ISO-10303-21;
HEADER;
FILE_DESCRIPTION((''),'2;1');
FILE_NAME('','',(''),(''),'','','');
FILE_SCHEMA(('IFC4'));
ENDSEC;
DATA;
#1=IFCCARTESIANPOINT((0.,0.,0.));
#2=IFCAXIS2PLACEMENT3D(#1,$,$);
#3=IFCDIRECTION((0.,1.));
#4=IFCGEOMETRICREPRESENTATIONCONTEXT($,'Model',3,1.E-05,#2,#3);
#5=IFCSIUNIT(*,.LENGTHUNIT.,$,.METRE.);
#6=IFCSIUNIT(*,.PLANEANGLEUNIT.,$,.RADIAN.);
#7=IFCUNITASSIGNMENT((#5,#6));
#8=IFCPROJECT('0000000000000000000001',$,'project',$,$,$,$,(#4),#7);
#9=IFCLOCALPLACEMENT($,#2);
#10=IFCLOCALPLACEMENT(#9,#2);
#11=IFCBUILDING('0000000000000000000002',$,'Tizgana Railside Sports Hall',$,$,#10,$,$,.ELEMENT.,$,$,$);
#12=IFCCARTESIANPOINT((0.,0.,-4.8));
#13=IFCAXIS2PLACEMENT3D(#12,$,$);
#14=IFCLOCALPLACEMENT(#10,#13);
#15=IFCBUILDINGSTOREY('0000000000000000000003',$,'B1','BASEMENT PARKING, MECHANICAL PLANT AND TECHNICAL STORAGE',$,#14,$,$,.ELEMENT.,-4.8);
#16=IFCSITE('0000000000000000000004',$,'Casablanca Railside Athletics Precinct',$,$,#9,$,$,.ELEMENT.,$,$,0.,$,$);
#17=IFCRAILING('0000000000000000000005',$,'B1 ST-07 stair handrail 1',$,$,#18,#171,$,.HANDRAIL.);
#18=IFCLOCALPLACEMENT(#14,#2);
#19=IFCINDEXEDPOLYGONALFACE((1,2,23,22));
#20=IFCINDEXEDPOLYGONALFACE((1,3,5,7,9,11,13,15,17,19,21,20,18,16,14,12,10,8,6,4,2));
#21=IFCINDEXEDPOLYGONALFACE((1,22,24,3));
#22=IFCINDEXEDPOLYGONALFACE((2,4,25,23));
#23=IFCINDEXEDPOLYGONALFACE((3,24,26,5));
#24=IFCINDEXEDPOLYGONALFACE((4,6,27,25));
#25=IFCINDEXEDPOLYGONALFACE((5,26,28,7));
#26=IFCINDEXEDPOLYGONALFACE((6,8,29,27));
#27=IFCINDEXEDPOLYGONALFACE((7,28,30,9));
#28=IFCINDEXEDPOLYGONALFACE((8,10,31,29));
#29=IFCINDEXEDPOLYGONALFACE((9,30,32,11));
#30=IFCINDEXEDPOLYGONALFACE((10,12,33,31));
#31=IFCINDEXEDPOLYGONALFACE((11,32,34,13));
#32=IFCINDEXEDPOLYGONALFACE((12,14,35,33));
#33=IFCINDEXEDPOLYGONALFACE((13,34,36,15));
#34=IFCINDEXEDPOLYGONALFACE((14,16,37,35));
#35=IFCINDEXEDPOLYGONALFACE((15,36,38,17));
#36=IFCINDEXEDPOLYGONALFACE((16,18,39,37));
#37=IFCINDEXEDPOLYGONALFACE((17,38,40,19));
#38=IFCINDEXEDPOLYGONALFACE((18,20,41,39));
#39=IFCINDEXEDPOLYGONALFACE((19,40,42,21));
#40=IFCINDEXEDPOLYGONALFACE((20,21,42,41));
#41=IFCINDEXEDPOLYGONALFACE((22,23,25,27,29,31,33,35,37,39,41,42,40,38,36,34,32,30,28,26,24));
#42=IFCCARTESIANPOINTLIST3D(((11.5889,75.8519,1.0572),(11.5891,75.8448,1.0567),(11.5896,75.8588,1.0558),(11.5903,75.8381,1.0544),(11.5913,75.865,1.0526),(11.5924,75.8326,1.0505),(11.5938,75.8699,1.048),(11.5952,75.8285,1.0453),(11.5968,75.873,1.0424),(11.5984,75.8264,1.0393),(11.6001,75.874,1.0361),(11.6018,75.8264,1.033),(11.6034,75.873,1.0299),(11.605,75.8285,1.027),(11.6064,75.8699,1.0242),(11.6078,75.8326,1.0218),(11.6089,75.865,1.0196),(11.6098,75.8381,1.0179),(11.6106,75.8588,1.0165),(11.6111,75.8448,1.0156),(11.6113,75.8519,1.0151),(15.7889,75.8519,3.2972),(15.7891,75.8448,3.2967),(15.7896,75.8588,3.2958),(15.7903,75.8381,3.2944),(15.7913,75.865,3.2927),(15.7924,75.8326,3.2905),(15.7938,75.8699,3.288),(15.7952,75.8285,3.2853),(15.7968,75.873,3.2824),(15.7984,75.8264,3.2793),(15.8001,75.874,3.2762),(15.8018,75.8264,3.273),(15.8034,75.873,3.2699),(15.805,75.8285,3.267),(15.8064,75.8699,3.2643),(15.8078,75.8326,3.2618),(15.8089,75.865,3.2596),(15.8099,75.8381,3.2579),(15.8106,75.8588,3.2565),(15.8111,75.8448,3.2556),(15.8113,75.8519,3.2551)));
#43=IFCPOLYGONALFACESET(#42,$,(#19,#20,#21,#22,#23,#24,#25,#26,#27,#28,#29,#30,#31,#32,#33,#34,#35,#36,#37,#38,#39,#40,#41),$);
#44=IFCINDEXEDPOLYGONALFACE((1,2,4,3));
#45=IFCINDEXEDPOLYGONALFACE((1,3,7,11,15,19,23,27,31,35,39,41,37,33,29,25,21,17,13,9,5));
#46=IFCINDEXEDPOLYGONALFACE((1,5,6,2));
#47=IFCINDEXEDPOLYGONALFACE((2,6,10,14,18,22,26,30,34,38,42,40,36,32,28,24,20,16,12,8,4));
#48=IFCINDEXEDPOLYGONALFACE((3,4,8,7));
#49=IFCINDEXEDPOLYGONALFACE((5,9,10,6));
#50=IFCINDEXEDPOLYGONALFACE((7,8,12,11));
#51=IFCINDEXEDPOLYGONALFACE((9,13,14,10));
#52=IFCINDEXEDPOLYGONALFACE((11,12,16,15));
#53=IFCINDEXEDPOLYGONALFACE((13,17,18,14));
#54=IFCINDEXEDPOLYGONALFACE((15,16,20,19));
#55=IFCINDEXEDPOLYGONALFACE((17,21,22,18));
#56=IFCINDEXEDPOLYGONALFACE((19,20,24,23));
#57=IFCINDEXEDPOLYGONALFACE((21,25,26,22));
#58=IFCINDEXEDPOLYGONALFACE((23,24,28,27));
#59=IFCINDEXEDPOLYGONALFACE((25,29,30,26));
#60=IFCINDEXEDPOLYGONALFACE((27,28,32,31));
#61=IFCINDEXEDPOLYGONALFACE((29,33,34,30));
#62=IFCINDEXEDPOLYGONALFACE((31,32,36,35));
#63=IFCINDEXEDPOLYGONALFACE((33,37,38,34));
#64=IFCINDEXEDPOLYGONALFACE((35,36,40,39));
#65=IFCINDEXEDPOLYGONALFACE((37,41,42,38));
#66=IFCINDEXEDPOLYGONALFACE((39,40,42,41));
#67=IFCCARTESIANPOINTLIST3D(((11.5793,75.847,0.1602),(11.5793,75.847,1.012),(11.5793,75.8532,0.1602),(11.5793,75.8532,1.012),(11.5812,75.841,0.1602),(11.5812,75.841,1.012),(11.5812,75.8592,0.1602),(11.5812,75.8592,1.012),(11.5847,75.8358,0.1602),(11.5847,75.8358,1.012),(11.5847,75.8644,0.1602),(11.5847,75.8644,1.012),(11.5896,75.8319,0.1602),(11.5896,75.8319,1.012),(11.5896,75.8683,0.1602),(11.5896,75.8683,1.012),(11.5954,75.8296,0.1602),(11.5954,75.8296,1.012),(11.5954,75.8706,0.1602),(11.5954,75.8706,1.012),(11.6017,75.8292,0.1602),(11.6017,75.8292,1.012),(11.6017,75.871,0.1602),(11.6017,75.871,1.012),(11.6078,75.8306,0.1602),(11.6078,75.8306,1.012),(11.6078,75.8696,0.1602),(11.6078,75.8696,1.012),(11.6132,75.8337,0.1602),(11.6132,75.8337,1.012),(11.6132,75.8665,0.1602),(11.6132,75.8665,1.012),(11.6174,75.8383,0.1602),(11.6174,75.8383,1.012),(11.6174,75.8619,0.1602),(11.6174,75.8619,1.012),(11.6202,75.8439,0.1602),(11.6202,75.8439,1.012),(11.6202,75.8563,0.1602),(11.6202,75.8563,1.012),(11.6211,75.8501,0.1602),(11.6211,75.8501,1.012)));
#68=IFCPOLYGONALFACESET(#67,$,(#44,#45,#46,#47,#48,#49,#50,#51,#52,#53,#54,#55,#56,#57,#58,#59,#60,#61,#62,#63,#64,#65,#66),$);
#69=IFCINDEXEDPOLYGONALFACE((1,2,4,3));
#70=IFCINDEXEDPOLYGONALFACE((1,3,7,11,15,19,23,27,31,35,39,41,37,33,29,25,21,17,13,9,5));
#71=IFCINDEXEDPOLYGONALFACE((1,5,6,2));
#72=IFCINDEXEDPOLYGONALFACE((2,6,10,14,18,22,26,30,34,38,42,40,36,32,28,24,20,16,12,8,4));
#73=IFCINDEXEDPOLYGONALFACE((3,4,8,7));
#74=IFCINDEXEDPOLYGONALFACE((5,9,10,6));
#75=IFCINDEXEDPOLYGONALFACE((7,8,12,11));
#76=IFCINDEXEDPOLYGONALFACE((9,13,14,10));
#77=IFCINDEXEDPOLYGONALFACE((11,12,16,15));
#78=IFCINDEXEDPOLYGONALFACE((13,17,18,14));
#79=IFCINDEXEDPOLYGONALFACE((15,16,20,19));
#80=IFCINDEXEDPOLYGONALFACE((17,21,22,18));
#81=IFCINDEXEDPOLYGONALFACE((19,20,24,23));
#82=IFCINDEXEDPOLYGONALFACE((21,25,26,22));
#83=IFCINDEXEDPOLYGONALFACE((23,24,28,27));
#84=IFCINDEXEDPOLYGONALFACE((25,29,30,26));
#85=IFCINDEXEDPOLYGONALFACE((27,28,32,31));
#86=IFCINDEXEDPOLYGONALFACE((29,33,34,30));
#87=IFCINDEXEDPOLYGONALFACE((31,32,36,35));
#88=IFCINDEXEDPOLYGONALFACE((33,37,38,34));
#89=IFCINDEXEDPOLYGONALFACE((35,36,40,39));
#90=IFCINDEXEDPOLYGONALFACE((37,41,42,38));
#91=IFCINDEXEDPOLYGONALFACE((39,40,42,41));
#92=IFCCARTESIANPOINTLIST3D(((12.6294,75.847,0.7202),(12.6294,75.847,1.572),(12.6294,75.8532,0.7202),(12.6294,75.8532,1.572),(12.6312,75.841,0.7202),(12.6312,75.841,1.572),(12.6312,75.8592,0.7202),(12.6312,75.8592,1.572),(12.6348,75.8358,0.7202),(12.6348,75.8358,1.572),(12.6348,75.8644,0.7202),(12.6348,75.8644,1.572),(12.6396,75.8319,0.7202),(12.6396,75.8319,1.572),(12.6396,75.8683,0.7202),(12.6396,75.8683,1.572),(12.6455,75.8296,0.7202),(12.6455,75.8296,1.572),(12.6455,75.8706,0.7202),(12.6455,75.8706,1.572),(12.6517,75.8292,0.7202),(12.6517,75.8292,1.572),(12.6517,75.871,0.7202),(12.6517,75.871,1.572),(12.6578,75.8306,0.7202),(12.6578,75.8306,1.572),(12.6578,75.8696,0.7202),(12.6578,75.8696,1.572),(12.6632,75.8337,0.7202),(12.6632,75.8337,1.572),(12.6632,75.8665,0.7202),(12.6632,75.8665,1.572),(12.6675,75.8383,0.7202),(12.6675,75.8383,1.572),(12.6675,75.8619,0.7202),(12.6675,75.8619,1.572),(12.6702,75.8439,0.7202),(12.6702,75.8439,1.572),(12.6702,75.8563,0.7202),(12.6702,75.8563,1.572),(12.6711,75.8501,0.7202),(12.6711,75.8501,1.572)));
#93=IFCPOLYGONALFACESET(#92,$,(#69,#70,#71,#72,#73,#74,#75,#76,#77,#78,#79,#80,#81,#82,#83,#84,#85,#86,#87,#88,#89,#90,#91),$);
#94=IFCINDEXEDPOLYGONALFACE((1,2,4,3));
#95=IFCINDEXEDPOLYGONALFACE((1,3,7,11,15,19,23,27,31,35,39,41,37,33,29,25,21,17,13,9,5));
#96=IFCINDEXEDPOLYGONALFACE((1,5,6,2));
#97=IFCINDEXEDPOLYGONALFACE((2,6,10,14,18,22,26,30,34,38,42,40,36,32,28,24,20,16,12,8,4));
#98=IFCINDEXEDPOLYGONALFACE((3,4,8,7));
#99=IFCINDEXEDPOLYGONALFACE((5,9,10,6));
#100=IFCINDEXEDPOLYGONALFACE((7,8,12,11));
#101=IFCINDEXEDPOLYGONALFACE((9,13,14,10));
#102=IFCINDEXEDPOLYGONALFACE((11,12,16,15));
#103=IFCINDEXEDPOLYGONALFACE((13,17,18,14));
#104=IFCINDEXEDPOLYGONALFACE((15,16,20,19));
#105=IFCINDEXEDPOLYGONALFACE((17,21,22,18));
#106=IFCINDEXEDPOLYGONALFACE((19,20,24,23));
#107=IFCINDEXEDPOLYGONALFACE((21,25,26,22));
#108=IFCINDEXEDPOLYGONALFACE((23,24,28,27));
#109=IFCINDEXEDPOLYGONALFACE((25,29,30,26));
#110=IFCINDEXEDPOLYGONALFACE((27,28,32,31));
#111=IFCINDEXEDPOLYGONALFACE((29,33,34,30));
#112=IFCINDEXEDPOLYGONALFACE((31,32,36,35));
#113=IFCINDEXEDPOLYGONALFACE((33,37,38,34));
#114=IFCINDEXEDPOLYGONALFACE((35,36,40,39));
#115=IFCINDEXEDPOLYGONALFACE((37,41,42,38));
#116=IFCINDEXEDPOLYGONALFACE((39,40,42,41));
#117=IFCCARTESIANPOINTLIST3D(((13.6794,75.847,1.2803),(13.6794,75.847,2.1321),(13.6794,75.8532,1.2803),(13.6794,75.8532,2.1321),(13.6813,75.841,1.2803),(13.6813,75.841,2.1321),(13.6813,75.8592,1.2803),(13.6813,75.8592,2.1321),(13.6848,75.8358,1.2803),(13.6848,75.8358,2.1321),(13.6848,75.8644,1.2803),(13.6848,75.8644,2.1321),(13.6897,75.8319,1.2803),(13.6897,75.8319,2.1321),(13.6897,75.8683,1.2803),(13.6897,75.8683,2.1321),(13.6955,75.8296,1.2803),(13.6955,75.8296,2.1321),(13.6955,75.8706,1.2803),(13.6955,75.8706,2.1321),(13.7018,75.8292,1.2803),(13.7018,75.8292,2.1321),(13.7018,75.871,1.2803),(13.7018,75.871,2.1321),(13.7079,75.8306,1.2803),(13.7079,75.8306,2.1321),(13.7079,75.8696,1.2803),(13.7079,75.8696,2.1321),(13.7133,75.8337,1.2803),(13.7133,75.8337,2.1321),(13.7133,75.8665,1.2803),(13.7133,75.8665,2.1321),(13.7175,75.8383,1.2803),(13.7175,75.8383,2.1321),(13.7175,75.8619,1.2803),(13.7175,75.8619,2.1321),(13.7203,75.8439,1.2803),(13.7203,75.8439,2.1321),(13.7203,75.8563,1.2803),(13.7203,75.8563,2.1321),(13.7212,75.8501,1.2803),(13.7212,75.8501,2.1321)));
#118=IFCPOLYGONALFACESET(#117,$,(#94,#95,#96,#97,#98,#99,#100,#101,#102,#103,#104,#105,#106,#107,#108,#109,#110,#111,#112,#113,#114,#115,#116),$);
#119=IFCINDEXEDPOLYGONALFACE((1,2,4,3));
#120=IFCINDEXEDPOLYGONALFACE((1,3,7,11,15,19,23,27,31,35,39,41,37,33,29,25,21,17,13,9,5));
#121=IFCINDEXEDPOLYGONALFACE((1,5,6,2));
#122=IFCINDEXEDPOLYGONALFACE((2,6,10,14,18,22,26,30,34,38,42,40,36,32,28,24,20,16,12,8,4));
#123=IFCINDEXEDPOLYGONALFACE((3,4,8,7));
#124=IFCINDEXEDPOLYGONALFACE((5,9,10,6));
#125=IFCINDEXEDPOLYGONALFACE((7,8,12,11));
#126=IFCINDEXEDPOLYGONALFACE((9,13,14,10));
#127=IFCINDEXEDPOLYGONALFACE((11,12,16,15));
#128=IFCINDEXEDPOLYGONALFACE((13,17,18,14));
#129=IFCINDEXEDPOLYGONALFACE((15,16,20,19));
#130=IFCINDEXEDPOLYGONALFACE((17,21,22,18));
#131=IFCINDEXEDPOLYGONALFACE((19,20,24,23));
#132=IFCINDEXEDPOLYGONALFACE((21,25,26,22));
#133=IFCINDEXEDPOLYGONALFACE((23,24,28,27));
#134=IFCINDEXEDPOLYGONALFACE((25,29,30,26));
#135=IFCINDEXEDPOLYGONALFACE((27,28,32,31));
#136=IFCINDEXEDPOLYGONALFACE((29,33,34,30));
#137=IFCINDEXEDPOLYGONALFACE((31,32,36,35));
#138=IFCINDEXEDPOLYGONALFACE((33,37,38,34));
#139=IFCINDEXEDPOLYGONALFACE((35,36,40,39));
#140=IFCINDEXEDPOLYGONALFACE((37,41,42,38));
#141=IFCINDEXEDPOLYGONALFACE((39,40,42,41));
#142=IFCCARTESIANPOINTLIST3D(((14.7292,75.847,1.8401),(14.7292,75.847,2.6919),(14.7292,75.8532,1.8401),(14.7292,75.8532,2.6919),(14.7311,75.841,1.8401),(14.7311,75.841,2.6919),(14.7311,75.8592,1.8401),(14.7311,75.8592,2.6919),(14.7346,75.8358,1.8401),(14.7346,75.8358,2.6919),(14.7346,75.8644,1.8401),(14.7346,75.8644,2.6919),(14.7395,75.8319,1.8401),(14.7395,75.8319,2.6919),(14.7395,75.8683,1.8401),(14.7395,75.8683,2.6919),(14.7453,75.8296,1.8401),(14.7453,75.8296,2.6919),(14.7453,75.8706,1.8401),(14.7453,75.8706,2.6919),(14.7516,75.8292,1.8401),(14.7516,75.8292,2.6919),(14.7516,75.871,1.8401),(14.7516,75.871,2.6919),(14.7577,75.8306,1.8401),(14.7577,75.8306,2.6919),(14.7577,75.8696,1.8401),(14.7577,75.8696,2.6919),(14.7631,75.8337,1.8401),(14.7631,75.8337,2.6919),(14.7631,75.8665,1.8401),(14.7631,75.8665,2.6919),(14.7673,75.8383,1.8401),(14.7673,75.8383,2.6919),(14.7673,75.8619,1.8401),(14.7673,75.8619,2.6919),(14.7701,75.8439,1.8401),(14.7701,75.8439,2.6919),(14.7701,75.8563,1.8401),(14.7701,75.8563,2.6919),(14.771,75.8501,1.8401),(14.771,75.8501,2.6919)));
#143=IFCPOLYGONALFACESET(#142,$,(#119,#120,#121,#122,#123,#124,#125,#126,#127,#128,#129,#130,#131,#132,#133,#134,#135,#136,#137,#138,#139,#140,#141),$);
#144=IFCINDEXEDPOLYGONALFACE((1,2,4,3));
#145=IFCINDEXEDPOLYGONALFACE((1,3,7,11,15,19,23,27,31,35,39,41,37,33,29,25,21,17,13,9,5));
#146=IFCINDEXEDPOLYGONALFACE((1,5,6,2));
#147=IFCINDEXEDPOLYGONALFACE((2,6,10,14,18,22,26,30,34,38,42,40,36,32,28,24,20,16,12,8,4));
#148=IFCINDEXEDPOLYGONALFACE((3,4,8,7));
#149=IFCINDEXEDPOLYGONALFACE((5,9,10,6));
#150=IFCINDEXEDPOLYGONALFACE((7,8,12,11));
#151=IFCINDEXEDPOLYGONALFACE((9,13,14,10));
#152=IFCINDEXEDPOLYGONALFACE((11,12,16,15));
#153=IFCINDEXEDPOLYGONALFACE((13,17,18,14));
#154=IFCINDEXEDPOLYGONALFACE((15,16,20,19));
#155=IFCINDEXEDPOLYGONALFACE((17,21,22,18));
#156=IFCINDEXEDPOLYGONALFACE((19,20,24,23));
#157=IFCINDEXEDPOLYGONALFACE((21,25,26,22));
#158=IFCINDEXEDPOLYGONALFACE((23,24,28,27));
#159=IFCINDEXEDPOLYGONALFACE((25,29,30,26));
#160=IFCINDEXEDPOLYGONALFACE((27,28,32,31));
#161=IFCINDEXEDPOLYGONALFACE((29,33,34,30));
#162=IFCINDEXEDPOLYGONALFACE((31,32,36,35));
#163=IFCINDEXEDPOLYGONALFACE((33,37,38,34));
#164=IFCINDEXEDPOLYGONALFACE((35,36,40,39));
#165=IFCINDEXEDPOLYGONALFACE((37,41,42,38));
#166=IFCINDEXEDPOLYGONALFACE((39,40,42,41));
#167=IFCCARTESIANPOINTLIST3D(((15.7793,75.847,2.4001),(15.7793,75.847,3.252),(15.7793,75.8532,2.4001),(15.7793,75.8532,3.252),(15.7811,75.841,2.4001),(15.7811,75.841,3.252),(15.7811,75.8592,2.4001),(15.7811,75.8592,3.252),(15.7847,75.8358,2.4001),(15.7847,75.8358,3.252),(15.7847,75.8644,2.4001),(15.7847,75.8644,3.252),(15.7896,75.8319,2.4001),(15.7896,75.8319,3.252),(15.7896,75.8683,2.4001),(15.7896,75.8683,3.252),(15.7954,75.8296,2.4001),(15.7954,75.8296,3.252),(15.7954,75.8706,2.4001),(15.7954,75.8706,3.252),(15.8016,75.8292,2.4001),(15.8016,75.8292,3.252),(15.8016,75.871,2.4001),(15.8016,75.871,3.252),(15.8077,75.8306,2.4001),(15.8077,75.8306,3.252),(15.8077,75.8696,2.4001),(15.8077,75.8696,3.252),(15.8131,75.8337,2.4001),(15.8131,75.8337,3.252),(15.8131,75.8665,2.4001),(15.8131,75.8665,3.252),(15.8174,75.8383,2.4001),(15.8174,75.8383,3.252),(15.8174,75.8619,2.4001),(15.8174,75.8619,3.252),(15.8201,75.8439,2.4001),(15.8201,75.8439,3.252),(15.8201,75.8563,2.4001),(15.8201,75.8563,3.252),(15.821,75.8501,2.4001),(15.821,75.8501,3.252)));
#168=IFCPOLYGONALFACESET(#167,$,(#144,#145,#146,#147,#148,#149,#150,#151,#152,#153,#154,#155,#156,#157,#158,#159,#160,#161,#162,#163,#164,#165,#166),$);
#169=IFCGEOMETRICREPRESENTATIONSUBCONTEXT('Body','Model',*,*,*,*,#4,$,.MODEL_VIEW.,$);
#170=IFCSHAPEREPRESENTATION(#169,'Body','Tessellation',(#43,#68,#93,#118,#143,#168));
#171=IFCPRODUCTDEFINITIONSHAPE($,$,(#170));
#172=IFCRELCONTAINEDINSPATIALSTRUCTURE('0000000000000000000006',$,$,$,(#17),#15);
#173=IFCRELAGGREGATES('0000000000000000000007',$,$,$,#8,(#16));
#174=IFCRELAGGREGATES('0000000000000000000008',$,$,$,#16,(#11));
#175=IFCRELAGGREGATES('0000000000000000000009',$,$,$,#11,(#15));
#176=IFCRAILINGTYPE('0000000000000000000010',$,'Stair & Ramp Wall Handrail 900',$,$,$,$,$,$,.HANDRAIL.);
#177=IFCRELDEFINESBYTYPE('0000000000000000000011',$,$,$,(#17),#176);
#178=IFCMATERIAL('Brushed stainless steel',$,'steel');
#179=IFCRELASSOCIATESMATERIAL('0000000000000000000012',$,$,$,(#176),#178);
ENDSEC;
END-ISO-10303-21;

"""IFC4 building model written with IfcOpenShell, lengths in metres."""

from ifc_helpers import new_model, si_unit, direction, frame, origin, origin_2d, place, context, subcontext, project, spatial, circle, extrude, material, type_object, element, save


model = new_model("IFC4")

# Units and contexts
model_context = context("Model", 3, precision=1e-05, world=origin(), true_north=direction((0.0, 1.0)))
body_context = subcontext(model_context, "Body", "Model", "MODEL_VIEW")
ifc_project = project(units=[si_unit("LENGTHUNIT", "METRE"), si_unit("PLANEANGLEUNIT", "RADIAN")], contexts=[model_context])

# Site, building, storey
site_placement = place(None, origin())
site = spatial("IfcSite", under=ifc_project, at=site_placement, Name="Casablanca Railside Athletics Precinct", CompositionType="ELEMENT", RefElevation=0.0)
building_placement = place(site_placement, origin())
building = spatial("IfcBuilding", under=site, at=building_placement, Name="Tizgana Railside Sports Hall", CompositionType="ELEMENT")
storey_placement = place(building_placement, frame((0.0, 0.0, -4.8)))
storey = spatial("IfcBuildingStorey", under=building, at=storey_placement, Name="B1", Description="BASEMENT PARKING, MECHANICAL PLANT AND TECHNICAL STORAGE", CompositionType="ELEMENT", Elevation=-4.8)

# Railing
ifc_material_1 = material(Name="Brushed stainless steel", Category="steel")
railing_type_1 = type_object("IfcRailingType", Name="Stair & Ramp Wall Handrail 900", PredefinedType="HANDRAIL", material=ifc_material_1)
railing_1_placement = place(storey_placement, frame((11.6001, 75.8501, 0.1602)))
element("IfcRailing", 1, at=railing_1_placement, inside=storey, type_object=railing_type_1, Name="B1 ST-07 stair handrail 1", PredefinedType="HANDRAIL", context=body_context, shape_type="SweptSolid", body=[
    extrude(circle(Radius=0.0239, at=origin_2d()), frame((0.0, 0.0, 0.876), z_axis=(0.882352, 0.0, 0.470591), x_axis=(0.0, 1.0, 0.0)), (0.0, 0.0, 1.0), 4.76),
    extrude(circle(Radius=0.021, at=origin_2d()), origin(), (0.0, 0.0, 1.0), 0.8518),
    extrude(circle(Radius=0.021, at=origin_2d()), frame((1.05, 0.0, 0.5601)), (0.0, 0.0, 1.0), 0.8518),
    extrude(circle(Radius=0.021, at=origin_2d()), frame((2.1001, 0.0, 1.1201)), (0.0, 0.0, 1.0), 0.8518),
    extrude(circle(Radius=0.021, at=origin_2d()), frame((3.1499, 0.0, 1.6799)), (0.0, 0.0, 1.0), 0.8518),
    extrude(circle(Radius=0.021, at=origin_2d()), frame((4.2, 0.0, 2.24)), (0.0, 0.0, 1.0), 0.8518),
])

save(model, "model.ifc")
